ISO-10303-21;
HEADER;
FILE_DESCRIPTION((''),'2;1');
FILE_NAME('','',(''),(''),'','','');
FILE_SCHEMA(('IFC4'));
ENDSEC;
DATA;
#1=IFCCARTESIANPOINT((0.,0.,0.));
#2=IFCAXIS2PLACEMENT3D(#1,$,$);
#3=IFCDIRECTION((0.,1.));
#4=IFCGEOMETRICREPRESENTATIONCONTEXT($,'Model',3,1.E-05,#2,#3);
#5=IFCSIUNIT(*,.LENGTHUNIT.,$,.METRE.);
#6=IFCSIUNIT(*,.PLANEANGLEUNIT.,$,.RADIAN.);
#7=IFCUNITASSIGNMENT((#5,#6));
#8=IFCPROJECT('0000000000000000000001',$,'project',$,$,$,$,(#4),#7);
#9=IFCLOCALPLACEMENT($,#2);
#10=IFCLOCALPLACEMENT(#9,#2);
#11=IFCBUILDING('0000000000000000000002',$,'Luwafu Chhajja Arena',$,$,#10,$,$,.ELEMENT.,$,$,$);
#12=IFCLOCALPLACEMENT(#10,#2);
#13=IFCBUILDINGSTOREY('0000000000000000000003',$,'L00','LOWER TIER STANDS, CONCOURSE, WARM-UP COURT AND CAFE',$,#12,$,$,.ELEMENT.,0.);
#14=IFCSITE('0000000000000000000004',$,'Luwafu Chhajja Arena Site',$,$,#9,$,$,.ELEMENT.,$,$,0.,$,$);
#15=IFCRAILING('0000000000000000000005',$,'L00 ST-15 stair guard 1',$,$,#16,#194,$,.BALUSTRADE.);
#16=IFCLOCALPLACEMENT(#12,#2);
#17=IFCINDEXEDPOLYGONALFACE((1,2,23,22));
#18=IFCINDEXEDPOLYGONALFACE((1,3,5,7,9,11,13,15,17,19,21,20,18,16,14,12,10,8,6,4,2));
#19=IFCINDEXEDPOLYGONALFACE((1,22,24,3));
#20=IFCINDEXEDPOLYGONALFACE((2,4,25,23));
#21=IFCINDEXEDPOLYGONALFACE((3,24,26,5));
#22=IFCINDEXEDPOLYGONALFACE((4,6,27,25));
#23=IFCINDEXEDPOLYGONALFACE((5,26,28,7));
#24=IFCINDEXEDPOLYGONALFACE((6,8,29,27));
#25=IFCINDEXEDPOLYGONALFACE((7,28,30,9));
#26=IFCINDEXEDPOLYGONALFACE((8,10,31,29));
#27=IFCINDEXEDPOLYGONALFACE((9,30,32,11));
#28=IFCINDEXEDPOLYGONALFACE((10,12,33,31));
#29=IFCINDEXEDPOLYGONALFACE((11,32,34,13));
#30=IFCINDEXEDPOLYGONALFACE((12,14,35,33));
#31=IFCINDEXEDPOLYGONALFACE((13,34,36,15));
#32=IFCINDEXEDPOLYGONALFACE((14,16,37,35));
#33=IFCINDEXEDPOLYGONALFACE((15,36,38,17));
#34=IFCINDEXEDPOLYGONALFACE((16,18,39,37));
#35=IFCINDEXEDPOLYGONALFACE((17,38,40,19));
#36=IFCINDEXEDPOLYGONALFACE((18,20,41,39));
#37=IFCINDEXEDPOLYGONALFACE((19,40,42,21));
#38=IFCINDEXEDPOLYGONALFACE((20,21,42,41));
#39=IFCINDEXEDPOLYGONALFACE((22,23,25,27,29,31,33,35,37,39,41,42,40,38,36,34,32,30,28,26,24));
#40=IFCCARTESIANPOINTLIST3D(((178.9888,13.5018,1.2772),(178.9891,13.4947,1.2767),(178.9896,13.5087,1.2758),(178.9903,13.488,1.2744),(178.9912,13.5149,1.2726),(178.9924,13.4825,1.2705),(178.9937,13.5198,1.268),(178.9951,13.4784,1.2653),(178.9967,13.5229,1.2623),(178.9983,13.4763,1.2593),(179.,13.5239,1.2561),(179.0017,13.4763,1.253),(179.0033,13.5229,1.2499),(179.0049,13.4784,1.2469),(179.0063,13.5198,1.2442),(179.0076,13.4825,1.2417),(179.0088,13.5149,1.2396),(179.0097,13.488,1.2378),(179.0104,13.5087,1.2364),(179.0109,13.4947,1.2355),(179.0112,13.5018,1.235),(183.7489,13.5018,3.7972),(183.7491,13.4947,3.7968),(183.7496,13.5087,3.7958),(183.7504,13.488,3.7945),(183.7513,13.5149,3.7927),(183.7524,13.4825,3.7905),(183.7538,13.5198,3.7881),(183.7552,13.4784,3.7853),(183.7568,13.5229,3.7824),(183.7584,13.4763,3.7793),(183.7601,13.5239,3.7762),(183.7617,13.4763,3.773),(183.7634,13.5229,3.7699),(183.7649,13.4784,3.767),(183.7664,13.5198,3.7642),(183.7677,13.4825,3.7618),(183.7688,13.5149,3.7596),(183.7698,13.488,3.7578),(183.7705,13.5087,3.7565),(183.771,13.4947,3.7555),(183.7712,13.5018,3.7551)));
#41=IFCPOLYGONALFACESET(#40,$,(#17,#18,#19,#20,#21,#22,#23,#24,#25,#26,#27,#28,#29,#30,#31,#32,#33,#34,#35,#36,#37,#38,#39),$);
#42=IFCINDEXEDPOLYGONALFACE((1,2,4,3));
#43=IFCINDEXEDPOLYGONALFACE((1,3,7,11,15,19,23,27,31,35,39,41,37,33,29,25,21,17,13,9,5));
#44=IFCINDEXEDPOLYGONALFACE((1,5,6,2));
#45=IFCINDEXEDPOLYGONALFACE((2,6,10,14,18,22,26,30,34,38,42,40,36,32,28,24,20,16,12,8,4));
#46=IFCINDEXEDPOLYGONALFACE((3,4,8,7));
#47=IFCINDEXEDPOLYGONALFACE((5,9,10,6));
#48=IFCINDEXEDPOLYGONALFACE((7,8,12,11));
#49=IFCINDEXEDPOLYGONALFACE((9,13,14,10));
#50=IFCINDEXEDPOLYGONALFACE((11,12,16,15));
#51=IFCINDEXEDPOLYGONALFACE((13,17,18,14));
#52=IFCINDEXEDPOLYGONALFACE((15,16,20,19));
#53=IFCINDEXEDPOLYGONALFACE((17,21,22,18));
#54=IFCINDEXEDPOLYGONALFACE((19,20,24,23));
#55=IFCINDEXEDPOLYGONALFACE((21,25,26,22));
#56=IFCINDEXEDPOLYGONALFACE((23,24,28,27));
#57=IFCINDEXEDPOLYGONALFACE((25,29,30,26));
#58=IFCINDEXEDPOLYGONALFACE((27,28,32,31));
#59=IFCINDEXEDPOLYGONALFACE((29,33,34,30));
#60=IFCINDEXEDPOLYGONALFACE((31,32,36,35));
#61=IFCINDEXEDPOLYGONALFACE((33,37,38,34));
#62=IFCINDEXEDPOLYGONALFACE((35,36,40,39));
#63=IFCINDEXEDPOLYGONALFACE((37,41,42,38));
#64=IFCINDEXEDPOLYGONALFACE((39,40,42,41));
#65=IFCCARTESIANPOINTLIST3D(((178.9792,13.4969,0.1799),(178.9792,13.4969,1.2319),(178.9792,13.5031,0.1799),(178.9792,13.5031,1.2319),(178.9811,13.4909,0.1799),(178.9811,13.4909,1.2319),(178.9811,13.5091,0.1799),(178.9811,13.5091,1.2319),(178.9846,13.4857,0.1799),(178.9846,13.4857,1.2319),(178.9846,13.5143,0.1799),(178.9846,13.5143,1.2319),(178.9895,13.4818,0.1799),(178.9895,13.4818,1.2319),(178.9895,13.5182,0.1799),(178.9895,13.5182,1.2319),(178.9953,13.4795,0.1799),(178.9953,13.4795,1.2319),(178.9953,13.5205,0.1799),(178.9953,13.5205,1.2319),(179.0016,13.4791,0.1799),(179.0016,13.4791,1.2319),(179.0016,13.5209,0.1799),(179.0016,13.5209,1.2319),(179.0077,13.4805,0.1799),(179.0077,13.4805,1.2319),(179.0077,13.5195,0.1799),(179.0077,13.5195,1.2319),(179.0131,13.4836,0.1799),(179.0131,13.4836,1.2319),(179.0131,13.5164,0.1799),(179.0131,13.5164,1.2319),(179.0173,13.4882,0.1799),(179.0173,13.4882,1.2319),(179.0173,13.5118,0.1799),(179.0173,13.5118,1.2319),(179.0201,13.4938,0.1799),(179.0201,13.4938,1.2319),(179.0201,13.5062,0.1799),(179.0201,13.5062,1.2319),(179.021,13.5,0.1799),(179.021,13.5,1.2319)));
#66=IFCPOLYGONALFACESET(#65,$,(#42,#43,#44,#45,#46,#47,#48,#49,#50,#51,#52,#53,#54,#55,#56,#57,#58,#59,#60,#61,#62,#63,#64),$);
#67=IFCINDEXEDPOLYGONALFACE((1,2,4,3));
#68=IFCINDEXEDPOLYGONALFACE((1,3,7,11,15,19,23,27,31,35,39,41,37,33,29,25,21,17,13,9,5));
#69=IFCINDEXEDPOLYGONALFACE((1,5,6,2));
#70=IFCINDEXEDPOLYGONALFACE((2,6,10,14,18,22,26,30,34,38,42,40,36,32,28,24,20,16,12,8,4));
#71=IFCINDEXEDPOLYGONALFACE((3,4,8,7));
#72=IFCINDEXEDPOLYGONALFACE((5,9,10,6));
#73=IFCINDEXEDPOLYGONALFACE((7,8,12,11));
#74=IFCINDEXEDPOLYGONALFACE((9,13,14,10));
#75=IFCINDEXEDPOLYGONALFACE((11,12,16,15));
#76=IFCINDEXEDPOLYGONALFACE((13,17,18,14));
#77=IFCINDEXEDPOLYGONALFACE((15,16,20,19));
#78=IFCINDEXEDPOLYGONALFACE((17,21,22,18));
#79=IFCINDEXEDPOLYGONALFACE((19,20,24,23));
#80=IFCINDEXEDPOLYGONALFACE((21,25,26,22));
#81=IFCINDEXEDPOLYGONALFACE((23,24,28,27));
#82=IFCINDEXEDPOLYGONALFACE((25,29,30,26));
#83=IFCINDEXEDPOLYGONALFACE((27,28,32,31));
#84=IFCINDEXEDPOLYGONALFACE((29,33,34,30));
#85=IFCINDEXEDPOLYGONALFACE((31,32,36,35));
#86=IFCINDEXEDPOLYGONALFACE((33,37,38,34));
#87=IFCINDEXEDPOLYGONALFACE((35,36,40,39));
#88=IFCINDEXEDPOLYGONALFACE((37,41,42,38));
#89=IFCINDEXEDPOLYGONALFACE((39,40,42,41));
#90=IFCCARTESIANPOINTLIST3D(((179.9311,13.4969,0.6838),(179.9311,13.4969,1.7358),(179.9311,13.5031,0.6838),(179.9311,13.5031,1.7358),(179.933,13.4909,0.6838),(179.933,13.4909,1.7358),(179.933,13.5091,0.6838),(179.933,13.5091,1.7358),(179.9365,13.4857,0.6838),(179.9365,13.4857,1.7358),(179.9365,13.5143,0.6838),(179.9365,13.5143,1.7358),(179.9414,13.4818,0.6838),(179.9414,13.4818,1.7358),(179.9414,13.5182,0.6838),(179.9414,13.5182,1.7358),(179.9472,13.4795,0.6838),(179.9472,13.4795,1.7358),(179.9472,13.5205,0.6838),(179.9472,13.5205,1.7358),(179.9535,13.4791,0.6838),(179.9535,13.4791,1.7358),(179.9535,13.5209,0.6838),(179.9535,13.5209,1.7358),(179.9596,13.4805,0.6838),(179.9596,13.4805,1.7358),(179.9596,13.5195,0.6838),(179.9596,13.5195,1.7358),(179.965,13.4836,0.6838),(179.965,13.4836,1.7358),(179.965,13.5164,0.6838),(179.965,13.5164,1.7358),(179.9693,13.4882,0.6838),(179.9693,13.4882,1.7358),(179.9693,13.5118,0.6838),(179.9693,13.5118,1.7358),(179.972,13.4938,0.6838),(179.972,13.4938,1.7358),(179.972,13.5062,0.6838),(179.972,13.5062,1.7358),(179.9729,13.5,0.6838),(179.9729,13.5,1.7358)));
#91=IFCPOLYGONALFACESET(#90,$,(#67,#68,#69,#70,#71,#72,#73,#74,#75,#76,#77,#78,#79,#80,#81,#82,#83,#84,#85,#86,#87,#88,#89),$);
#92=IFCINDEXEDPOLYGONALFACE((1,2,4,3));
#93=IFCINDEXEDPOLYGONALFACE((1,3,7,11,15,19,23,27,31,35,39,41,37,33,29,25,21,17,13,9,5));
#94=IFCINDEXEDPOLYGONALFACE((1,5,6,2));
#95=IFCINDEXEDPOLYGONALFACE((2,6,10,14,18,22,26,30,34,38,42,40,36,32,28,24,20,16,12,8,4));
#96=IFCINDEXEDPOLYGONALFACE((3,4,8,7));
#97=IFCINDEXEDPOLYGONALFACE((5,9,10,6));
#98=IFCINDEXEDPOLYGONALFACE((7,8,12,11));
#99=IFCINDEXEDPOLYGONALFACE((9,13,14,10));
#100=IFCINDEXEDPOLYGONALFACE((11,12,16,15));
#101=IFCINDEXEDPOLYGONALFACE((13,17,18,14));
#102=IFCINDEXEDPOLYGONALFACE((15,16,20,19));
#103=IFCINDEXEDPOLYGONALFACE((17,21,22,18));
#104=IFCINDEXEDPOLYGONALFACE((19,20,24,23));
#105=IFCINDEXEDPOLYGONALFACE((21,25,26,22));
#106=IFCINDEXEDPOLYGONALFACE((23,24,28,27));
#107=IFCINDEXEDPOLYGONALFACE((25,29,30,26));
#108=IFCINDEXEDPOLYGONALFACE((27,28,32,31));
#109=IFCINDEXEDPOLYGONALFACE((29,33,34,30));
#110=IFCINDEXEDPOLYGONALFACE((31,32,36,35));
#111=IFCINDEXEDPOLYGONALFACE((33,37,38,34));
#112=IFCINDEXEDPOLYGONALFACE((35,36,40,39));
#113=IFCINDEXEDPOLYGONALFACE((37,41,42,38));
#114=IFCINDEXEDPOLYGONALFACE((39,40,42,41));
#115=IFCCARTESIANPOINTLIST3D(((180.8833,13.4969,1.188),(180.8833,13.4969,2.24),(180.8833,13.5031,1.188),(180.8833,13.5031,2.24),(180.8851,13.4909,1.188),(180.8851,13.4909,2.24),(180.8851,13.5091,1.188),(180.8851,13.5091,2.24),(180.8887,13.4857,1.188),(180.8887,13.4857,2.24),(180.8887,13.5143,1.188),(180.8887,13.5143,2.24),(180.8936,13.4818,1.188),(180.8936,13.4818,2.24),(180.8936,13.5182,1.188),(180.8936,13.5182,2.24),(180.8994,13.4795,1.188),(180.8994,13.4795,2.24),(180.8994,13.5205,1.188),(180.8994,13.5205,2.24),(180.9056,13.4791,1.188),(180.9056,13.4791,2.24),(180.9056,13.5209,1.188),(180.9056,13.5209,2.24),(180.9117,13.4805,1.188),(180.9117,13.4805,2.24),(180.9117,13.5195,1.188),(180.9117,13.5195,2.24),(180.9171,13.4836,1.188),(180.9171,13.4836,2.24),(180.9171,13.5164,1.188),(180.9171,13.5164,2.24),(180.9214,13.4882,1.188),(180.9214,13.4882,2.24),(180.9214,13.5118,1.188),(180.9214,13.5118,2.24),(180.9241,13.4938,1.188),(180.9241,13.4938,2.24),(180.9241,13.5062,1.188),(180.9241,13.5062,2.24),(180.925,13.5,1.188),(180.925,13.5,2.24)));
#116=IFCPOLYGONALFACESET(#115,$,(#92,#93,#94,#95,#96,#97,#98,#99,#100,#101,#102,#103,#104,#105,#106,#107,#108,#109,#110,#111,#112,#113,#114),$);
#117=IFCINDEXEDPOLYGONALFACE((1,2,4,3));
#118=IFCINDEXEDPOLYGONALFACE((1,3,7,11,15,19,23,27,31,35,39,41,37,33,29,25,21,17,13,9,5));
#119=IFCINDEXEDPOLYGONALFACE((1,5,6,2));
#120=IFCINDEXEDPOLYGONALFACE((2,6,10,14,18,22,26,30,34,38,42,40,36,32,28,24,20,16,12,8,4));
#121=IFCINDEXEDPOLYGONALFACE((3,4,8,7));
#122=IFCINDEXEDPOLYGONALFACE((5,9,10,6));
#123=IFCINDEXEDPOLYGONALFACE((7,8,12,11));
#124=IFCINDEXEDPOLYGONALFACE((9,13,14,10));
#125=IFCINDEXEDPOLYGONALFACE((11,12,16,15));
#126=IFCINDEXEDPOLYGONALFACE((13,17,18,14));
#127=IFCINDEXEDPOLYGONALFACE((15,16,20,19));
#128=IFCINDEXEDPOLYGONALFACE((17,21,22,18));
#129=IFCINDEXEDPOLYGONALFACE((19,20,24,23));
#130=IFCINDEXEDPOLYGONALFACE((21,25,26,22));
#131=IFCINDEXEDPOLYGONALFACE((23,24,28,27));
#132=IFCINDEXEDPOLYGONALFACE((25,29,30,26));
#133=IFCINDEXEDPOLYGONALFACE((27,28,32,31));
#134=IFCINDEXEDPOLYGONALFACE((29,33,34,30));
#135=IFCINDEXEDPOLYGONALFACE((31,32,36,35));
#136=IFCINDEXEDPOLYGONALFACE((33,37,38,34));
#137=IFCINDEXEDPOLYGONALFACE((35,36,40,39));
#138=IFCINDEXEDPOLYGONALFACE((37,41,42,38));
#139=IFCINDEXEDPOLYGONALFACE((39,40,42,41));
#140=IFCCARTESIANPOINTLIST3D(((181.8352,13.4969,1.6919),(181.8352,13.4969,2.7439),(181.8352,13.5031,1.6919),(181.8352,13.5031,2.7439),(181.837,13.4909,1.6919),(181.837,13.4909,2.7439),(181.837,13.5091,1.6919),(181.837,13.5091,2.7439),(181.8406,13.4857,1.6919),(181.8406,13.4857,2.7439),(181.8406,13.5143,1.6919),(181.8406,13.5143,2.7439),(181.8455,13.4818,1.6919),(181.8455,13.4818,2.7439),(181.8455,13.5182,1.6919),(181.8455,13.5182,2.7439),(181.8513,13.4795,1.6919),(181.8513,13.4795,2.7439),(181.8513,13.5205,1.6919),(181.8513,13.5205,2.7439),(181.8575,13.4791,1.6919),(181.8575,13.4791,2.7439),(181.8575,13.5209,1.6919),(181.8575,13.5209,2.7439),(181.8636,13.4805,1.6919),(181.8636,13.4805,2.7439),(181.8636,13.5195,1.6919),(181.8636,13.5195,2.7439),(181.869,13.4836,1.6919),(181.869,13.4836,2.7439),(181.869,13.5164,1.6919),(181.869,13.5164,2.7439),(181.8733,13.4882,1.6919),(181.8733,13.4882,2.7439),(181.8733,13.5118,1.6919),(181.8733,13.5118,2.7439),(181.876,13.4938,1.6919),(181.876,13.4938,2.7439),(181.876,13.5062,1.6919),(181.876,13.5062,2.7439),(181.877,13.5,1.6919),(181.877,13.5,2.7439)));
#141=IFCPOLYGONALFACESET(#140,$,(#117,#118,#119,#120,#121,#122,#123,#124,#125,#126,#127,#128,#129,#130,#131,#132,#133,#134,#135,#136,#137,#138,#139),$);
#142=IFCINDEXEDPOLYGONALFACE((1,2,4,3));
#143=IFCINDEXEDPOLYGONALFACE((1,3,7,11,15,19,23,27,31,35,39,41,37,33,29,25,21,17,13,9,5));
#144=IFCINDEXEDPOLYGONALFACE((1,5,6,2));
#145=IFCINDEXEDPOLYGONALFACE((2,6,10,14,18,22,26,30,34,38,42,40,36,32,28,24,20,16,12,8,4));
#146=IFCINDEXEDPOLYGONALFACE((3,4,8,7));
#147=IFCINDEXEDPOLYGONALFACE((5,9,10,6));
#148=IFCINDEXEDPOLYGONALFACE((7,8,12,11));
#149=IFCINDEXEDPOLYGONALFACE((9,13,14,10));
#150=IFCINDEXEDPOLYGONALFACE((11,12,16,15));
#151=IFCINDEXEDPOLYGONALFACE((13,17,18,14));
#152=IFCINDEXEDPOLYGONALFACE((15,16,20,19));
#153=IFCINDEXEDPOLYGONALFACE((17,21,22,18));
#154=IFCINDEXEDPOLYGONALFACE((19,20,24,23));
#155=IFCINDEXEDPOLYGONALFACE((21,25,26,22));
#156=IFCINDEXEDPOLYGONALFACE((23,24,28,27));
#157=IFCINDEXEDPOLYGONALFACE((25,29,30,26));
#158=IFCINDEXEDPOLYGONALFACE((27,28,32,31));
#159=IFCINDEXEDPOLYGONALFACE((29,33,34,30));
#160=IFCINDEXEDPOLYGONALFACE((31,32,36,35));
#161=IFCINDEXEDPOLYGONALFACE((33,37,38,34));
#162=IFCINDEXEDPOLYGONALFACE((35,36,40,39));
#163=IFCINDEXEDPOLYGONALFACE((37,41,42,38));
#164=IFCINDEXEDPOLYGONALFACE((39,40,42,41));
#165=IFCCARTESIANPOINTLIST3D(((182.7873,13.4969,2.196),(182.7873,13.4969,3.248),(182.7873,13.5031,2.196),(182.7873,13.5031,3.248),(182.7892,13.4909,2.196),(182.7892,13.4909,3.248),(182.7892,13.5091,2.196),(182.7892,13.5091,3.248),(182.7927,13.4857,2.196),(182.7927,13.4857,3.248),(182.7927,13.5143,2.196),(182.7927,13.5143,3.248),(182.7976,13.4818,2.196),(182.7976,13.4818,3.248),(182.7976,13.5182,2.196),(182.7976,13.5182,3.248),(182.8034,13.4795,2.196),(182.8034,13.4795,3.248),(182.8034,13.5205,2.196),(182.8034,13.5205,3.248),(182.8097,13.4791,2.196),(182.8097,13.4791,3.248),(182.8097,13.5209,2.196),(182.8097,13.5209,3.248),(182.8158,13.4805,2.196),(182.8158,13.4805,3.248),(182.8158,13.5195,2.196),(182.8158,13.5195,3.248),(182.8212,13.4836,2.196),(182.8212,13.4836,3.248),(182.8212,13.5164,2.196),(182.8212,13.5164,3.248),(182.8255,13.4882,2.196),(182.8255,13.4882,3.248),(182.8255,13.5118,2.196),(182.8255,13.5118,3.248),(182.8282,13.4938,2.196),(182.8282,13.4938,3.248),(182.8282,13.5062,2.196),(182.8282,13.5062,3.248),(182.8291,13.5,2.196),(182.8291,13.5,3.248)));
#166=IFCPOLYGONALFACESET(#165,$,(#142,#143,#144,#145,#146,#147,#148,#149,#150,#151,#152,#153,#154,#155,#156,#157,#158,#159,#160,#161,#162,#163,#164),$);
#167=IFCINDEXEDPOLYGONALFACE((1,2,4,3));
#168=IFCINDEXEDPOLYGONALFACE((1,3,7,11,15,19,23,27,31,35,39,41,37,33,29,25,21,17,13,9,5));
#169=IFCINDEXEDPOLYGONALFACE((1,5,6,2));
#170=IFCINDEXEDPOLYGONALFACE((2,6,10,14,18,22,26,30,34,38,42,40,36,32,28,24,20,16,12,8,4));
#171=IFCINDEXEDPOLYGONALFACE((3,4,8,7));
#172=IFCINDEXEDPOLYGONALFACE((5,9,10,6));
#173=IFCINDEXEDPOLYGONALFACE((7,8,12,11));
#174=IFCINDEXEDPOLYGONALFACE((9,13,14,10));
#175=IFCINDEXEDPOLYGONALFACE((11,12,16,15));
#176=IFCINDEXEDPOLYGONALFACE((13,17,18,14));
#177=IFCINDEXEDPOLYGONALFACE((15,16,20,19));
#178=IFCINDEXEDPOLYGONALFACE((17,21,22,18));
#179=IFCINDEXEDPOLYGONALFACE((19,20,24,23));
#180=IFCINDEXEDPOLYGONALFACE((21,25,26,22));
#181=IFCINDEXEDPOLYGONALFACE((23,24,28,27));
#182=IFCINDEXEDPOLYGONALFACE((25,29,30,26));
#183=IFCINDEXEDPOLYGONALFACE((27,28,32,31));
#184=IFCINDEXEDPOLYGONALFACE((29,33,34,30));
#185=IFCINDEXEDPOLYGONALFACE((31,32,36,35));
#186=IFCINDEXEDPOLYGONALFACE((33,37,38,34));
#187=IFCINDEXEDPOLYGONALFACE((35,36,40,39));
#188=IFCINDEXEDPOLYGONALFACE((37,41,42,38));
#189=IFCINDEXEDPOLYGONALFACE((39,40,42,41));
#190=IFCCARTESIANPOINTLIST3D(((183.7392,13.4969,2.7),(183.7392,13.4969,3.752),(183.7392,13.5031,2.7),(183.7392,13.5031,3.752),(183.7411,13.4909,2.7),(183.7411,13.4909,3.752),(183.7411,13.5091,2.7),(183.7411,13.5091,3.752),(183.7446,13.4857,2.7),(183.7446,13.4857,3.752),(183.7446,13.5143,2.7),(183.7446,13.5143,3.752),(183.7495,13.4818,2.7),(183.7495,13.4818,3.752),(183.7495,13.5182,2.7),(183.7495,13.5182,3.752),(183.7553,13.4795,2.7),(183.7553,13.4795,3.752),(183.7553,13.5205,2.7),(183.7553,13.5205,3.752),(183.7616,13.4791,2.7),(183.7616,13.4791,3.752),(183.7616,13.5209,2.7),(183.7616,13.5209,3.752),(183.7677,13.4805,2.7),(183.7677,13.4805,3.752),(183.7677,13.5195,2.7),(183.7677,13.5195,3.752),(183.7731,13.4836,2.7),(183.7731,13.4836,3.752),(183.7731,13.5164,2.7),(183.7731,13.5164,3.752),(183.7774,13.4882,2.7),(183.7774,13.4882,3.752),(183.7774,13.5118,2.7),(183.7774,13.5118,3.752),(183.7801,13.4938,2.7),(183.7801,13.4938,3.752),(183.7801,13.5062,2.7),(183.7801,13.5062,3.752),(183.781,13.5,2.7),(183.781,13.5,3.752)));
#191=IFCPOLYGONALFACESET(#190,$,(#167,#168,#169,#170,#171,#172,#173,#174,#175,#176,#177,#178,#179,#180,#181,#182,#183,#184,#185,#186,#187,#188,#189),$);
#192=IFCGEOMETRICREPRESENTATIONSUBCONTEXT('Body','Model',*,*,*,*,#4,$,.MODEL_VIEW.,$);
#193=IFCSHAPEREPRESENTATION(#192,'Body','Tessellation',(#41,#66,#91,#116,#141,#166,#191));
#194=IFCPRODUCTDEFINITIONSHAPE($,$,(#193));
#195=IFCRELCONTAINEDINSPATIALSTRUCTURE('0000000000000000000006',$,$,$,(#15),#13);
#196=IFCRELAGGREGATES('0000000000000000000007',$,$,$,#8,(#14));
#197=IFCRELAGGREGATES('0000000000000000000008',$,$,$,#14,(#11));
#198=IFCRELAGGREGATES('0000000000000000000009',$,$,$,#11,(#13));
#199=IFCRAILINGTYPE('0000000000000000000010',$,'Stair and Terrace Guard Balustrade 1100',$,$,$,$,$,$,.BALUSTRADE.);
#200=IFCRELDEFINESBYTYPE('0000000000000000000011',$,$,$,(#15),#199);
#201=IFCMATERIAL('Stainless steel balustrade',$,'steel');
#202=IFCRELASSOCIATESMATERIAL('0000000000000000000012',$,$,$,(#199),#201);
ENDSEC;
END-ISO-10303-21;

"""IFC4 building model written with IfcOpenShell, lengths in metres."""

from ifc_helpers import new_model, si_unit, direction, frame, origin, origin_2d, place, context, subcontext, project, spatial, circle, extrude, material, type_object, element, save


model = new_model("IFC4")

# Units and contexts
model_context = context("Model", 3, precision=1e-05, world=origin(), true_north=direction((0.0, 1.0)))
body_context = subcontext(model_context, "Body", "Model", "MODEL_VIEW")
ifc_project = project(units=[si_unit("LENGTHUNIT", "METRE"), si_unit("PLANEANGLEUNIT", "RADIAN")], contexts=[model_context])

# Site, building, storey
site_placement = place(None, origin())
site = spatial("IfcSite", under=ifc_project, at=site_placement, Name="Luwafu Chhajja Arena Site", CompositionType="ELEMENT", RefElevation=0.0)
building_placement = place(site_placement, origin())
building = spatial("IfcBuilding", under=site, at=building_placement, Name="Luwafu Chhajja Arena", CompositionType="ELEMENT")
storey_placement = place(building_placement, origin())
storey = spatial("IfcBuildingStorey", under=building, at=storey_placement, Name="L00", Description="LOWER TIER STANDS, CONCOURSE, WARM-UP COURT AND CAFE", CompositionType="ELEMENT", Elevation=0.0)

# Railing
ifc_material_1 = material(Name="Stainless steel balustrade", Category="steel")
railing_type_1 = type_object("IfcRailingType", Name="Stair and Terrace Guard Balustrade 1100", PredefinedType="BALUSTRADE", material=ifc_material_1)
railing_1_placement = place(storey_placement, frame((179.0, 13.5, 0.1799)))
element("IfcRailing", 1, at=railing_1_placement, inside=storey, type_object=railing_type_1, Name="L00 ST-15 stair guard 1", PredefinedType="BALUSTRADE", context=body_context, shape_type="SweptSolid", body=[
    extrude(circle(Radius=0.0239, at=origin_2d()), frame((0.0, 0.0, 1.0762), z_axis=(0.883787, 0.0, 0.46789), x_axis=(0.0, 1.0, 0.0)), (0.0, 0.0, 1.0), 5.386),
    extrude(circle(Radius=0.021, at=origin_2d()), origin(), (0.0, 0.0, 1.0), 1.052),
    extrude(circle(Radius=0.021, at=origin_2d()), frame((0.9519, 0.0, 0.5039)), (0.0, 0.0, 1.0), 1.052),
    extrude(circle(Radius=0.021, at=origin_2d()), frame((1.9041, 0.0, 1.0081)), (0.0, 0.0, 1.0), 1.052),
    extrude(circle(Radius=0.021, at=origin_2d()), frame((2.856, 0.0, 1.512)), (0.0, 0.0, 1.0), 1.052),
    extrude(circle(Radius=0.021, at=origin_2d()), frame((3.8081, 0.0, 2.0161)), (0.0, 0.0, 1.0), 1.052),
    extrude(circle(Radius=0.021, at=origin_2d()), frame((4.76, 0.0, 2.52)), (0.0, 0.0, 1.0), 1.052),
])

save(model, "model.ifc")
